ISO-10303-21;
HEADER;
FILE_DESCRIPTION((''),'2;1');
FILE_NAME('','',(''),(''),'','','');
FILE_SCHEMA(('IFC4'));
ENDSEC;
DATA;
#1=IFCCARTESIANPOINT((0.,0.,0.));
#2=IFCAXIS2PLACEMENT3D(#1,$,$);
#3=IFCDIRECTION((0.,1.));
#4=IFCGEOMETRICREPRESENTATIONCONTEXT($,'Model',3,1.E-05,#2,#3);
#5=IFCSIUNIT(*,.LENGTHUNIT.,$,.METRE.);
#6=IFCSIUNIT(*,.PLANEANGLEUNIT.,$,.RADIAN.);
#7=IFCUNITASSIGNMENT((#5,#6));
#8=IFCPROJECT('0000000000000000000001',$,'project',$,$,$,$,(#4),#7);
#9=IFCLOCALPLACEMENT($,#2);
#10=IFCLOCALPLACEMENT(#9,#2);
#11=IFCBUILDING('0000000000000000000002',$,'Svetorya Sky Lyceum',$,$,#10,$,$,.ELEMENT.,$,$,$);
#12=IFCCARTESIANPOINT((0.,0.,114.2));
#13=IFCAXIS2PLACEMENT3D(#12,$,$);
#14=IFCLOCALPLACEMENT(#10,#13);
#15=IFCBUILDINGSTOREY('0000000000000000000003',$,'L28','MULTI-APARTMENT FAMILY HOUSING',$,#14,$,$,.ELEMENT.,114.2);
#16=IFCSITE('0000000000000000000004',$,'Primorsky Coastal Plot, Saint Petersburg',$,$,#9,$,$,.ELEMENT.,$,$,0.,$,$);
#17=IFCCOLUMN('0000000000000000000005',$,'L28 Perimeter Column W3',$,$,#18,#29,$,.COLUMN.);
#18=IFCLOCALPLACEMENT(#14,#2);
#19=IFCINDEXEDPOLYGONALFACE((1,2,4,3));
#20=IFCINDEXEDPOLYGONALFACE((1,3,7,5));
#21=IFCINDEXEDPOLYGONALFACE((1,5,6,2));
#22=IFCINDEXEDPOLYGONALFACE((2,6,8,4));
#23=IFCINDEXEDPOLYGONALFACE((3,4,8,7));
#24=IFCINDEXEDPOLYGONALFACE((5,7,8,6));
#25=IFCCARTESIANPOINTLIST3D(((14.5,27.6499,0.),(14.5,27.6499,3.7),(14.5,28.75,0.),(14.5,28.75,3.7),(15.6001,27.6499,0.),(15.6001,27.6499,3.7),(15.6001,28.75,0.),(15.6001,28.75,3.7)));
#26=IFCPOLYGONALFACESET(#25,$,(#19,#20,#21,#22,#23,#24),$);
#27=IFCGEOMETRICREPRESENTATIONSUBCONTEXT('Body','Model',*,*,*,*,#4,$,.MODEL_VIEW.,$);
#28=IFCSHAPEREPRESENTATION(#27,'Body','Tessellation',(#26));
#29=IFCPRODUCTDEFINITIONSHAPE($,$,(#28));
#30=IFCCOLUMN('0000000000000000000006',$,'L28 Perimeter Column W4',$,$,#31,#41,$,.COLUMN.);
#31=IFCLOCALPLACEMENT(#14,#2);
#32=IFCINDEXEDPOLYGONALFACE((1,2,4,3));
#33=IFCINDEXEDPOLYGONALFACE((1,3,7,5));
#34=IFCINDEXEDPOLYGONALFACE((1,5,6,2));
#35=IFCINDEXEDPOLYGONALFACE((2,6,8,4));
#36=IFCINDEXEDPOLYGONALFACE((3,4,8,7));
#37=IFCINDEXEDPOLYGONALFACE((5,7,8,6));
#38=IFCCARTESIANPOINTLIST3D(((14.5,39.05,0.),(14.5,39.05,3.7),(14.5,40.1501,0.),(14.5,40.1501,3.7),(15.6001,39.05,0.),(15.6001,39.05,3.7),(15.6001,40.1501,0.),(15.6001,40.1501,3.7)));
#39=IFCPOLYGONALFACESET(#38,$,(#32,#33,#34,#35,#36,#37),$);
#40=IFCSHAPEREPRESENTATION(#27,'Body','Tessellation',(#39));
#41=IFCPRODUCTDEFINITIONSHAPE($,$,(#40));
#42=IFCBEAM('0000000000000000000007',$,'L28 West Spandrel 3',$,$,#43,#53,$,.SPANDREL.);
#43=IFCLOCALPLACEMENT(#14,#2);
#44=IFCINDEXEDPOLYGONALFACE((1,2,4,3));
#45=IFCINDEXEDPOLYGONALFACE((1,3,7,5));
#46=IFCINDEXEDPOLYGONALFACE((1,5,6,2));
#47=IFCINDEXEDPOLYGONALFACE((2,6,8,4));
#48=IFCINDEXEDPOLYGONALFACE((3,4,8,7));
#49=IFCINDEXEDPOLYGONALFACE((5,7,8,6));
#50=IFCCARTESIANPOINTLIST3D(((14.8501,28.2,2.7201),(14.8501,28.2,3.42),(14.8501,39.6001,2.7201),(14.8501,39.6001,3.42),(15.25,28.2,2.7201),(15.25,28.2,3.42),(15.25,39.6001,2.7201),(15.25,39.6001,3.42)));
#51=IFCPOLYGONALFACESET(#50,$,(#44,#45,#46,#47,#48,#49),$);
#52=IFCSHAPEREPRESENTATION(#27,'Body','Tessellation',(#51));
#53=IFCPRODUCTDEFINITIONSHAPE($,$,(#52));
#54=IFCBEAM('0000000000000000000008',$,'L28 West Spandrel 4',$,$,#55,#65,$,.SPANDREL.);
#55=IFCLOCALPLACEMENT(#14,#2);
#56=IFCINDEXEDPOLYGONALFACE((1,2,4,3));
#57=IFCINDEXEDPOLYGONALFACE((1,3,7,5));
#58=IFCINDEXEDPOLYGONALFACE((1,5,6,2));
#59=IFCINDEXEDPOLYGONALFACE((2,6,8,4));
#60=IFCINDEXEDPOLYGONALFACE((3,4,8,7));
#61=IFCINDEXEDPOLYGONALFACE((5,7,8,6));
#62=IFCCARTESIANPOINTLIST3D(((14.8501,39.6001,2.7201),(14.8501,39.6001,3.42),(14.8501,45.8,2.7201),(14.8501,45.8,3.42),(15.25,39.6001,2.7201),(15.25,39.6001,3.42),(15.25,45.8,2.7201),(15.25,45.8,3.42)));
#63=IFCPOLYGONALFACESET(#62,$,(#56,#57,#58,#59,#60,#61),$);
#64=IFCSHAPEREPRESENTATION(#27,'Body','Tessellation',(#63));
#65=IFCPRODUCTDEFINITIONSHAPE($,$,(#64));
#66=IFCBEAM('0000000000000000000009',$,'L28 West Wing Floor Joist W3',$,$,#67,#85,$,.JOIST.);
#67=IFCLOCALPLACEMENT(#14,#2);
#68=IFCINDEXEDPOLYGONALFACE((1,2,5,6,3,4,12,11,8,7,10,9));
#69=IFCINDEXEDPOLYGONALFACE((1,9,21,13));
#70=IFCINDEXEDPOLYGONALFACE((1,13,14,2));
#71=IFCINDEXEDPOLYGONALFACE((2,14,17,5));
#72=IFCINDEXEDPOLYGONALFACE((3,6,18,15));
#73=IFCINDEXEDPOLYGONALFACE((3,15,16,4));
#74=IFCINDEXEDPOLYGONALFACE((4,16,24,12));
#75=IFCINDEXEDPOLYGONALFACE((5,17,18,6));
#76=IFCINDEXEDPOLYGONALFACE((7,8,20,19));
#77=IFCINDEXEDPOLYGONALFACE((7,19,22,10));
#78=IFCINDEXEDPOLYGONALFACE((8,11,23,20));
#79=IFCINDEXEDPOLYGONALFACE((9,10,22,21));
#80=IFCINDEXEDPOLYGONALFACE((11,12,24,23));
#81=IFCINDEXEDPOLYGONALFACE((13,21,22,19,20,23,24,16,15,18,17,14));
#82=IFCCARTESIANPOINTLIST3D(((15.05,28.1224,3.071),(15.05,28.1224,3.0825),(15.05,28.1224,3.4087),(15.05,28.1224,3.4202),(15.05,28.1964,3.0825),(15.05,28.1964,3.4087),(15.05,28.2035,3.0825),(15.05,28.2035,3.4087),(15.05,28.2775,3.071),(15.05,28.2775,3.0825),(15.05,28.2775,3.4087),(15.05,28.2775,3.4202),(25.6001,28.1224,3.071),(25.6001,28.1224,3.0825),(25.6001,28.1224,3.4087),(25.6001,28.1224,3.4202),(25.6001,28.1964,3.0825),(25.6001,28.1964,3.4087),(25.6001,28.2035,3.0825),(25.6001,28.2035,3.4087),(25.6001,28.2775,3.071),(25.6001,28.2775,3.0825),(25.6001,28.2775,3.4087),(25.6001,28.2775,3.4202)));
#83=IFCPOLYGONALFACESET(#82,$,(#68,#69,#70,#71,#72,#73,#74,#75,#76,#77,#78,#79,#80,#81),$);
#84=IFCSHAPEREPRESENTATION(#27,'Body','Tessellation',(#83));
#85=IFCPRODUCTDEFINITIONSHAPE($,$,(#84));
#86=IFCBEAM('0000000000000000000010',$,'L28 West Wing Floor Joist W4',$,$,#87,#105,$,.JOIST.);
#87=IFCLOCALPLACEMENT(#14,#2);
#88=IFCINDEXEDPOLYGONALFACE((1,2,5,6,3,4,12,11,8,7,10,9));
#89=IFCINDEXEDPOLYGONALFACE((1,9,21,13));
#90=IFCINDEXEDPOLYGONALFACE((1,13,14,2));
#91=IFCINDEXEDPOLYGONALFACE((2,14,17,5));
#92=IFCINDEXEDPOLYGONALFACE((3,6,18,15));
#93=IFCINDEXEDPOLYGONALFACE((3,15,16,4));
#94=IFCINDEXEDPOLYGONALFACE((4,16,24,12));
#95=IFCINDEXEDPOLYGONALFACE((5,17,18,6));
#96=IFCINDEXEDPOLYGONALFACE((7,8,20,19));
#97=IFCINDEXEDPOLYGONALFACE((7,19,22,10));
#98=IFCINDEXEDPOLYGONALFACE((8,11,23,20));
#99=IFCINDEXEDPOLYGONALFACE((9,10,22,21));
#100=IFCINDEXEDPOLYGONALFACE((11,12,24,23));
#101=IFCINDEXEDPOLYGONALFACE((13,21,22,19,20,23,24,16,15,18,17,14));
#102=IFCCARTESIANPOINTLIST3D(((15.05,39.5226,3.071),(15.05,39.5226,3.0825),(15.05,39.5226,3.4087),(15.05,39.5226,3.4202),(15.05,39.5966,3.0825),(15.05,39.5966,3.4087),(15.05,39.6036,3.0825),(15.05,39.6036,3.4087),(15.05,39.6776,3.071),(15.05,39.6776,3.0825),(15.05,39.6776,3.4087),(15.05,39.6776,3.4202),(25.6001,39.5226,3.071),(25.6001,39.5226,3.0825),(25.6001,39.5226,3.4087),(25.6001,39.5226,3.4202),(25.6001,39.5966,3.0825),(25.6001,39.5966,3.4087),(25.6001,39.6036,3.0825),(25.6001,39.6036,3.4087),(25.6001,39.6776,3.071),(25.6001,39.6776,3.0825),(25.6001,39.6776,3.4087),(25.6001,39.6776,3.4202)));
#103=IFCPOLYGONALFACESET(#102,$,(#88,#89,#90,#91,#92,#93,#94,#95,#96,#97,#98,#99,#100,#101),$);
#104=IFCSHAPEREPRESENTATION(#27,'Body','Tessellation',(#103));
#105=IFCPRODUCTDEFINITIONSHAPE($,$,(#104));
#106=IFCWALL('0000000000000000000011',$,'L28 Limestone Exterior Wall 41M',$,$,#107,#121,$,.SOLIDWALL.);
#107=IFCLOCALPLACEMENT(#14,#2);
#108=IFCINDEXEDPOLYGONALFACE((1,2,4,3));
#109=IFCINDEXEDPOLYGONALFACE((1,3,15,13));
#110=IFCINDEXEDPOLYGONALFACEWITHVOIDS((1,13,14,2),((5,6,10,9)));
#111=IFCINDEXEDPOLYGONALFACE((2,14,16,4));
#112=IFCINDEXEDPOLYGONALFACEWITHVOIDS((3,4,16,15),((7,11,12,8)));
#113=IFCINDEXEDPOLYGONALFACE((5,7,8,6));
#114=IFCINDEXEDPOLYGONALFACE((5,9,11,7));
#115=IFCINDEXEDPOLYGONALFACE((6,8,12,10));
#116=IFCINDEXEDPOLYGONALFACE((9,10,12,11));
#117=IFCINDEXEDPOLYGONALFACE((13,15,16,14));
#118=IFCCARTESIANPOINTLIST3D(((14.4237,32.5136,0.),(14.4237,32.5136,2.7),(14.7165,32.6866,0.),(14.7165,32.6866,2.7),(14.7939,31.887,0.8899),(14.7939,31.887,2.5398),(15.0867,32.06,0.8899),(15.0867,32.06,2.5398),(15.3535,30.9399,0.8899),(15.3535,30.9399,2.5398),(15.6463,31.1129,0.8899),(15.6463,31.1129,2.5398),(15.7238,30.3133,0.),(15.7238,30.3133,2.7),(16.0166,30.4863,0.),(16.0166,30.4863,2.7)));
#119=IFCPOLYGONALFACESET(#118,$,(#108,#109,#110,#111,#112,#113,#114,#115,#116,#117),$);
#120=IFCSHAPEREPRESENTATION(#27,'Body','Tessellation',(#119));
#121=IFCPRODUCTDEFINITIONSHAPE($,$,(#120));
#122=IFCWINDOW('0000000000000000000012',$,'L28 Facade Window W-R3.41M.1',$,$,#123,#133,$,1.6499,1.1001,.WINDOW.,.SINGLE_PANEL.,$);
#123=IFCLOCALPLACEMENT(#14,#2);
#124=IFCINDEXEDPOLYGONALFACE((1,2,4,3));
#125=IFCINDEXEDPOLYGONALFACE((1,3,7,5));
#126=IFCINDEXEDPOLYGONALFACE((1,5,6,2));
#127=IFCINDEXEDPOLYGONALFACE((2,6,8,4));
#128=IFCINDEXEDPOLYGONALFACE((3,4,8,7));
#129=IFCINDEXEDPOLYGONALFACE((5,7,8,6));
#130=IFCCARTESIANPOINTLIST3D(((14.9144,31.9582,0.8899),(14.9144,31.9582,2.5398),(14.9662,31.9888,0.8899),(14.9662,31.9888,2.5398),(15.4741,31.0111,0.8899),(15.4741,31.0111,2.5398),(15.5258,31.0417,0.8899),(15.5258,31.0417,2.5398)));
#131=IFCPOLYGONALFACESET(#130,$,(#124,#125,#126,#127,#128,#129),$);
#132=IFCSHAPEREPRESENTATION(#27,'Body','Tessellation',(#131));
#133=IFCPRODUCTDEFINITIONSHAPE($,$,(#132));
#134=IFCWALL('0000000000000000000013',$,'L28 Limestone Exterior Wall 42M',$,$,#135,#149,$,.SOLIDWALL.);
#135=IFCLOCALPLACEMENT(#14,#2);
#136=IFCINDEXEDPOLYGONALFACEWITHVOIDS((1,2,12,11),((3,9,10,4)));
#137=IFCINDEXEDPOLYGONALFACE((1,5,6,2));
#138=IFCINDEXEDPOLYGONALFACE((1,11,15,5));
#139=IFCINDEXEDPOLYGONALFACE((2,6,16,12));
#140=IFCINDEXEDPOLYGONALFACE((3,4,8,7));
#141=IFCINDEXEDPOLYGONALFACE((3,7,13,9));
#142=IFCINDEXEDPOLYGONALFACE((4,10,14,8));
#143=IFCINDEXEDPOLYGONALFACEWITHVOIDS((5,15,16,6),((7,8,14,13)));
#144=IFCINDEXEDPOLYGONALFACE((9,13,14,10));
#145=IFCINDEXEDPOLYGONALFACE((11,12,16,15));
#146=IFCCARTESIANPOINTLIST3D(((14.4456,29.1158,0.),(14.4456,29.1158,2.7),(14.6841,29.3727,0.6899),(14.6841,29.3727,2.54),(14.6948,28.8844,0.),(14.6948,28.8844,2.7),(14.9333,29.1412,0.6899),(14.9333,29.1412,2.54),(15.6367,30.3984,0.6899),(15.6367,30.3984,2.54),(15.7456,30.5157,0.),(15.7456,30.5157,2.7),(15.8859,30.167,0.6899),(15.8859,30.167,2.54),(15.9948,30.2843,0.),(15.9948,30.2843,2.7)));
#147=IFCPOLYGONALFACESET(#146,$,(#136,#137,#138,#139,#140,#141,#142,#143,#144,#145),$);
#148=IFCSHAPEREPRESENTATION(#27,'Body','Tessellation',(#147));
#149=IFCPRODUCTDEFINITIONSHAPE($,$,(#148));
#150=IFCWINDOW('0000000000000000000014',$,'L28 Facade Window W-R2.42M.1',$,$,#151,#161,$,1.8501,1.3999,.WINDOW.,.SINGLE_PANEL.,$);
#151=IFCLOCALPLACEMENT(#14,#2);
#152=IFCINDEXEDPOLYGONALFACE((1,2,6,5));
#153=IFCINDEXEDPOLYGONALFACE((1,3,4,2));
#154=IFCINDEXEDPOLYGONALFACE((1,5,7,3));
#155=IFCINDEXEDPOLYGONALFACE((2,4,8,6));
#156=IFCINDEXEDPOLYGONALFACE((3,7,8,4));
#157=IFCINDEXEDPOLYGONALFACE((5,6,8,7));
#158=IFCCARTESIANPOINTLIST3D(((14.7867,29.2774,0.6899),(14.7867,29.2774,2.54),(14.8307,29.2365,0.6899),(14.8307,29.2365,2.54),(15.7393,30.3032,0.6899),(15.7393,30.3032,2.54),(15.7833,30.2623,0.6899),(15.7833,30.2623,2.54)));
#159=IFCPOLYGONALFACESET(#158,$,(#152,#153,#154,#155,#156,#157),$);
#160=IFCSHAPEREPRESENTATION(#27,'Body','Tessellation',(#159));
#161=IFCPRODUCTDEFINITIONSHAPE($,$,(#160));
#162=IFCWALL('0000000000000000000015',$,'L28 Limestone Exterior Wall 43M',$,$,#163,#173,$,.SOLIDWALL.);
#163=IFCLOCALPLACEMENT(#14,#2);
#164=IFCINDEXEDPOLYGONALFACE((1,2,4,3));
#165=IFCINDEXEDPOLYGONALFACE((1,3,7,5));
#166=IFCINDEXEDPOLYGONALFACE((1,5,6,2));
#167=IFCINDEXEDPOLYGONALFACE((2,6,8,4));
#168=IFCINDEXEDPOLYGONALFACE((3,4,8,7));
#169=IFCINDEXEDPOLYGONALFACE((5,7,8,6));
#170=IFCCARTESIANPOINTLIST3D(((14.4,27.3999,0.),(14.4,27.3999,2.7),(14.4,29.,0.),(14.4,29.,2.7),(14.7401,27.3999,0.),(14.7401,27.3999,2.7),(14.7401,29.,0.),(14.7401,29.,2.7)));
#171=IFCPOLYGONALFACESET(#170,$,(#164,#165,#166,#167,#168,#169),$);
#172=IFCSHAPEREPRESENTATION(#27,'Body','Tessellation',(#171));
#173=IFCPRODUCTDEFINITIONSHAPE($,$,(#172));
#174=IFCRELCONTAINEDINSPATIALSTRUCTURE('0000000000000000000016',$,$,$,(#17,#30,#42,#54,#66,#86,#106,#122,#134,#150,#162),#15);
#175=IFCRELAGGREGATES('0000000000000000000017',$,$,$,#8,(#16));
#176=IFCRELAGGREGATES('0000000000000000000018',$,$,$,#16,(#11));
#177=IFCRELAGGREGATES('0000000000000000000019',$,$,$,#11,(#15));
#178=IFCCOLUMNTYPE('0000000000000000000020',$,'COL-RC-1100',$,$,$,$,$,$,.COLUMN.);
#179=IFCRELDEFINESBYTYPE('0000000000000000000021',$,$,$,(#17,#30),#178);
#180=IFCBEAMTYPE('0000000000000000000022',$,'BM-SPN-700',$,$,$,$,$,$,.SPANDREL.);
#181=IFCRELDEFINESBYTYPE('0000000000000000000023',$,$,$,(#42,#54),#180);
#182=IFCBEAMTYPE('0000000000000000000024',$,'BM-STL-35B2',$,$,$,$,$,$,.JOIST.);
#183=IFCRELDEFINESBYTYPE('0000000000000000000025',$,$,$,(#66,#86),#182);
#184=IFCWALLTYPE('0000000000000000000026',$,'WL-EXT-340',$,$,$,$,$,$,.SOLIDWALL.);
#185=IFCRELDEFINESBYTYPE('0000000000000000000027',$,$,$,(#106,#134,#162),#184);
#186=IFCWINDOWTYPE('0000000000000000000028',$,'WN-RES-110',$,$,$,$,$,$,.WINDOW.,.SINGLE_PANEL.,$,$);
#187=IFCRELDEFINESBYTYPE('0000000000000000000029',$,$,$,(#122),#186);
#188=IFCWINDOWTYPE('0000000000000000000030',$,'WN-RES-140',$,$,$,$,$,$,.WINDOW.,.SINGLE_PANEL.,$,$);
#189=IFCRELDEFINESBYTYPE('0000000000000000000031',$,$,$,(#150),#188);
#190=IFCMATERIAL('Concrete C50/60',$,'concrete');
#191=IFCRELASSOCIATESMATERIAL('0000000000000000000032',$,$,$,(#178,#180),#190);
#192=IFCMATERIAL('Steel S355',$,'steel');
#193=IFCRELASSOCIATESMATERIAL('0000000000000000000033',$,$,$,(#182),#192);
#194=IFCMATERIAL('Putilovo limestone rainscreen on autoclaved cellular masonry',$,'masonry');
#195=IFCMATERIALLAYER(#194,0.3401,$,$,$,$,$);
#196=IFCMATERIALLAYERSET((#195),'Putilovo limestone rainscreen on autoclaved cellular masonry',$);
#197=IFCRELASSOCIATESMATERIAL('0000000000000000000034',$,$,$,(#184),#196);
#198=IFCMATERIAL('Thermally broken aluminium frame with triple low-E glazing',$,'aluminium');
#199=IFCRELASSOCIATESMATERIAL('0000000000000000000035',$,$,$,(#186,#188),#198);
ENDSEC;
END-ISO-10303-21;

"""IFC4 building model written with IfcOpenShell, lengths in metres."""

from ifc_helpers import new_model, si_unit, direction, frame, frame_2d, origin, origin_2d, place, context, subcontext, project, spatial, rectangle, i_section, extrude, material, layer, layer_set, material_profile, profile_set, type_object, element, fill, save


model = new_model("IFC4")

# Units and contexts
model_context = context("Model", 3, precision=1e-05, world=origin(), true_north=direction((0.0, 1.0)))
body_context = subcontext(model_context, "Body", "Model", "MODEL_VIEW")
ifc_project = project(units=[si_unit("LENGTHUNIT", "METRE"), si_unit("PLANEANGLEUNIT", "RADIAN")], contexts=[model_context])

# Site, building, storey
site_placement = place(None, origin())
site = spatial("IfcSite", under=ifc_project, at=site_placement, Name="Primorsky Coastal Plot, Saint Petersburg", CompositionType="ELEMENT", RefElevation=0.0)
building_placement = place(site_placement, origin())
building = spatial("IfcBuilding", under=site, at=building_placement, Name="Svetorya Sky Lyceum", CompositionType="ELEMENT")
storey_placement = place(building_placement, frame((0.0, 0.0, 114.2)))
storey = spatial("IfcBuildingStorey", under=building, at=storey_placement, Name="L28", Description="MULTI-APARTMENT FAMILY HOUSING", CompositionType="ELEMENT", Elevation=114.2)

# Columns
ifc_material_1 = material(Name="Concrete C50/60", Category="concrete")
ifc_material_profile_1 = material_profile(ifc_material_1, rectangle(XDim=1.1001, YDim=1.1001, at=origin_2d()), Name="RC COL 1100x1100")
ifc_profile_set_1 = profile_set([ifc_material_profile_1], Name="Concrete C50/60")
column_type = type_object("IfcColumnType", Name="COL-RC-1100", PredefinedType="COLUMN", material=ifc_profile_set_1)
for number, where, z_axis, x_axis, name in (
    (1, (15.05, 28.2, 0.0), (0.0, 0.0, 1.0), (1.0, 0.0, 0.0), "L28 Perimeter Column W3"),
    (2, (15.05, 39.6001, 0.0), (0.0, 0.0, 1.0), (1.0, 0.0, 0.0), "L28 Perimeter Column W4"),
):
    element("IfcColumn", number, at=place(storey_placement, frame(where, z_axis=z_axis, x_axis=x_axis)), inside=storey, type_object=column_type, Name=name, PredefinedType="COLUMN", context=body_context, shape_type="SweptSolid", body=[
        extrude(rectangle(XDim=1.1001, YDim=1.1001, at=origin_2d()), origin(), (0.0, 0.0, 1.0), 3.7),
    ])

# Beams
ifc_material_profile_2 = material_profile(ifc_material_1, rectangle(XDim=0.3999, YDim=0.7, at=origin_2d()), Name="RC SPANDREL 400x700")
ifc_profile_set_2 = profile_set([ifc_material_profile_2], Name="Concrete C50/60")
beam_type_1 = type_object("IfcBeamType", Name="BM-SPN-700", PredefinedType="SPANDREL", material=ifc_profile_set_2)
beam_1_placement = place(storey_placement, frame((15.05, 28.2, 3.0701), z_axis=(0.0, 1.0, 0.0), x_axis=(-1.0, 0.0, 0.0)))
element("IfcBeam", 3, at=beam_1_placement, inside=storey, type_object=beam_type_1, Name="L28 West Spandrel 3", PredefinedType="SPANDREL", context=body_context, shape_type="SweptSolid", body=[
    extrude(rectangle(XDim=0.3999, YDim=0.7, at=origin_2d()), origin(), (0.0, 0.0, 1.0), 11.4001),
])
beam_2_placement = place(storey_placement, frame((15.05, 39.6001, 3.0701), z_axis=(0.0, 1.0, 0.0), x_axis=(-1.0, 0.0, 0.0)))
element("IfcBeam", 4, at=beam_2_placement, inside=storey, type_object=beam_type_1, Name="L28 West Spandrel 4", PredefinedType="SPANDREL", context=body_context, shape_type="SweptSolid", body=[
    extrude(rectangle(XDim=0.3999, YDim=0.7, at=origin_2d()), origin(), (0.0, 0.0, 1.0), 6.2),
])
ifc_material_2 = material(Name="Steel S355", Category="steel")
ifc_material_profile_3 = material_profile(ifc_material_2, i_section(OverallWidth=0.155, OverallDepth=0.3491, WebThickness=0.0071, FlangeThickness=0.0115, at=origin_2d()), Name="GOST 35B2")
ifc_profile_set_3 = profile_set([ifc_material_profile_3], Name="Steel S355")
beam_type_2 = type_object("IfcBeamType", Name="BM-STL-35B2", PredefinedType="JOIST", material=ifc_profile_set_3)
for number, where, z_axis, x_axis, name in (
    (5, (15.05, 28.2, 3.2456), (1.0, 0.0, 0.0), (0.0, 1.0, 0.0), "L28 West Wing Floor Joist W3"),
    (6, (15.05, 39.6001, 3.2456), (1.0, 0.0, 0.0), (0.0, 1.0, 0.0), "L28 West Wing Floor Joist W4"),
):
    element("IfcBeam", number, at=place(storey_placement, frame(where, z_axis=z_axis, x_axis=x_axis)), inside=storey, type_object=beam_type_2, Name=name, PredefinedType="JOIST", context=body_context, shape_type="SweptSolid", body=[
        extrude(i_section(OverallWidth=0.155, OverallDepth=0.3491, WebThickness=0.0071, FlangeThickness=0.0115, at=origin_2d()), origin(), (0.0, 0.0, 1.0), 10.55),
    ])

# Walls, openings, windows
ifc_material_3 = material(Name="Putilovo limestone rainscreen on autoclaved cellular masonry", Category="masonry")
ifc_layer_1 = layer(ifc_material_3, 0.3401)
ifc_layer_set_1 = layer_set([ifc_layer_1], Name="Putilovo limestone rainscreen on autoclaved cellular masonry")
wall_type_1 = type_object("IfcWallType", Name="WL-EXT-340", PredefinedType="SOLIDWALL", material=ifc_layer_set_1)
wall_1_placement = place(storey_placement, frame((14.5701, 32.6001, 0.0), z_axis=(0.0, 0.0, 1.0), x_axis=(0.50871, -0.860938, 0.0)))
wall_1 = element("IfcWall", 7, at=wall_1_placement, inside=storey, type_object=wall_type_1, Name="L28 Limestone Exterior Wall 41M", PredefinedType="SOLIDWALL", context=body_context, shape_type="SweptSolid", body=[
    extrude(rectangle(XDim=2.5557, YDim=0.3401, at=frame_2d((1.2778, 0.0))), origin(), (0.0, 0.0, 1.0), 2.7),
])
opening_1_placement = place(wall_1_placement, frame((0.7278, 0.0, 0.8899)))
opening_1 = element("IfcOpeningElement", 8, at=opening_1_placement, cuts=wall_1, PredefinedType="OPENING", context=body_context, shape_type="SweptSolid", body=[
    extrude(rectangle(XDim=1.1001, YDim=1.6499, at=frame_2d((0.55, 0.825))), frame((0.0, 0.1799, 0.0), z_axis=(0.0, -1.0, 0.0), x_axis=(1.0, 0.0, 0.0)), (0.0, 0.0, 1.0), 0.3601),
])
ifc_material_4 = material(Name="Thermally broken aluminium frame with triple low-E glazing", Category="aluminium")
window_type_1 = type_object("IfcWindowType", Name="WN-RES-110", PartitioningType="SINGLE_PANEL", PredefinedType="WINDOW", material=ifc_material_4)
window_1_placement = place(opening_1_placement, origin())
window_1 = element("IfcWindow", 9, at=window_1_placement, inside=storey, type_object=window_type_1, Name="L28 Facade Window W-R3.41M.1", OverallHeight=1.6499, OverallWidth=1.1001, PartitioningType="SINGLE_PANEL", PredefinedType="WINDOW", context=body_context, shape_type="SweptSolid", body=[
    extrude(rectangle(XDim=1.1001, YDim=1.6499, at=frame_2d((0.55, 0.825))), frame((0.0, 0.03, 0.0), z_axis=(0.0, -1.0, 0.0), x_axis=(1.0, 0.0, 0.0)), (0.0, 0.0, 1.0), 0.0601),
])
fill(opening_1, window_1)
wall_2_placement = place(storey_placement, frame((15.8701, 30.3999, 0.0), z_axis=(0.0, 0.0, 1.0), x_axis=(-0.68049, -0.732757, 0.0)))
wall_2 = element("IfcWall", 10, at=wall_2_placement, inside=storey, type_object=wall_type_1, Name="L28 Limestone Exterior Wall 42M", PredefinedType="SOLIDWALL", context=body_context, shape_type="SweptSolid", body=[
    extrude(rectangle(XDim=1.9104, YDim=0.3401, at=frame_2d((0.9551, 0.0))), origin(), (0.0, 0.0, 1.0), 2.7),
])
opening_2_placement = place(wall_2_placement, frame((0.1599, 0.0, 0.6899)))
opening_2 = element("IfcOpeningElement", 11, at=opening_2_placement, cuts=wall_2, PredefinedType="OPENING", context=body_context, shape_type="SweptSolid", body=[
    extrude(rectangle(XDim=1.3999, YDim=1.8501, at=frame_2d((0.7, 0.925))), frame((0.0, 0.1799, 0.0), z_axis=(0.0, -1.0, 0.0), x_axis=(1.0, 0.0, 0.0)), (0.0, 0.0, 1.0), 0.3601),
])
window_type_2 = type_object("IfcWindowType", Name="WN-RES-140", PartitioningType="SINGLE_PANEL", PredefinedType="WINDOW", material=ifc_material_4)
window_2_placement = place(opening_2_placement, origin())
window_2 = element("IfcWindow", 12, at=window_2_placement, inside=storey, type_object=window_type_2, Name="L28 Facade Window W-R2.42M.1", OverallHeight=1.8501, OverallWidth=1.3999, PartitioningType="SINGLE_PANEL", PredefinedType="WINDOW", context=body_context, shape_type="SweptSolid", body=[
    extrude(rectangle(XDim=1.3999, YDim=1.8501, at=frame_2d((0.7, 0.925))), frame((0.0, 0.03, 0.0), z_axis=(0.0, -1.0, 0.0), x_axis=(1.0, 0.0, 0.0)), (0.0, 0.0, 1.0), 0.0601),
])
fill(opening_2, window_2)

# Wall
wall_3_placement = place(storey_placement, frame((14.5701, 29.0, 0.0), z_axis=(0.0, 0.0, 1.0), x_axis=(0.0, -1.0, 0.0)))
element("IfcWall", 13, at=wall_3_placement, inside=storey, type_object=wall_type_1, Name="L28 Limestone Exterior Wall 43M", PredefinedType="SOLIDWALL", context=body_context, shape_type="SweptSolid", body=[
    extrude(rectangle(XDim=1.6001, YDim=0.3401, at=frame_2d((0.8, 0.0))), origin(), (0.0, 0.0, 1.0), 2.7),
])

save(model, "model.ifc")
